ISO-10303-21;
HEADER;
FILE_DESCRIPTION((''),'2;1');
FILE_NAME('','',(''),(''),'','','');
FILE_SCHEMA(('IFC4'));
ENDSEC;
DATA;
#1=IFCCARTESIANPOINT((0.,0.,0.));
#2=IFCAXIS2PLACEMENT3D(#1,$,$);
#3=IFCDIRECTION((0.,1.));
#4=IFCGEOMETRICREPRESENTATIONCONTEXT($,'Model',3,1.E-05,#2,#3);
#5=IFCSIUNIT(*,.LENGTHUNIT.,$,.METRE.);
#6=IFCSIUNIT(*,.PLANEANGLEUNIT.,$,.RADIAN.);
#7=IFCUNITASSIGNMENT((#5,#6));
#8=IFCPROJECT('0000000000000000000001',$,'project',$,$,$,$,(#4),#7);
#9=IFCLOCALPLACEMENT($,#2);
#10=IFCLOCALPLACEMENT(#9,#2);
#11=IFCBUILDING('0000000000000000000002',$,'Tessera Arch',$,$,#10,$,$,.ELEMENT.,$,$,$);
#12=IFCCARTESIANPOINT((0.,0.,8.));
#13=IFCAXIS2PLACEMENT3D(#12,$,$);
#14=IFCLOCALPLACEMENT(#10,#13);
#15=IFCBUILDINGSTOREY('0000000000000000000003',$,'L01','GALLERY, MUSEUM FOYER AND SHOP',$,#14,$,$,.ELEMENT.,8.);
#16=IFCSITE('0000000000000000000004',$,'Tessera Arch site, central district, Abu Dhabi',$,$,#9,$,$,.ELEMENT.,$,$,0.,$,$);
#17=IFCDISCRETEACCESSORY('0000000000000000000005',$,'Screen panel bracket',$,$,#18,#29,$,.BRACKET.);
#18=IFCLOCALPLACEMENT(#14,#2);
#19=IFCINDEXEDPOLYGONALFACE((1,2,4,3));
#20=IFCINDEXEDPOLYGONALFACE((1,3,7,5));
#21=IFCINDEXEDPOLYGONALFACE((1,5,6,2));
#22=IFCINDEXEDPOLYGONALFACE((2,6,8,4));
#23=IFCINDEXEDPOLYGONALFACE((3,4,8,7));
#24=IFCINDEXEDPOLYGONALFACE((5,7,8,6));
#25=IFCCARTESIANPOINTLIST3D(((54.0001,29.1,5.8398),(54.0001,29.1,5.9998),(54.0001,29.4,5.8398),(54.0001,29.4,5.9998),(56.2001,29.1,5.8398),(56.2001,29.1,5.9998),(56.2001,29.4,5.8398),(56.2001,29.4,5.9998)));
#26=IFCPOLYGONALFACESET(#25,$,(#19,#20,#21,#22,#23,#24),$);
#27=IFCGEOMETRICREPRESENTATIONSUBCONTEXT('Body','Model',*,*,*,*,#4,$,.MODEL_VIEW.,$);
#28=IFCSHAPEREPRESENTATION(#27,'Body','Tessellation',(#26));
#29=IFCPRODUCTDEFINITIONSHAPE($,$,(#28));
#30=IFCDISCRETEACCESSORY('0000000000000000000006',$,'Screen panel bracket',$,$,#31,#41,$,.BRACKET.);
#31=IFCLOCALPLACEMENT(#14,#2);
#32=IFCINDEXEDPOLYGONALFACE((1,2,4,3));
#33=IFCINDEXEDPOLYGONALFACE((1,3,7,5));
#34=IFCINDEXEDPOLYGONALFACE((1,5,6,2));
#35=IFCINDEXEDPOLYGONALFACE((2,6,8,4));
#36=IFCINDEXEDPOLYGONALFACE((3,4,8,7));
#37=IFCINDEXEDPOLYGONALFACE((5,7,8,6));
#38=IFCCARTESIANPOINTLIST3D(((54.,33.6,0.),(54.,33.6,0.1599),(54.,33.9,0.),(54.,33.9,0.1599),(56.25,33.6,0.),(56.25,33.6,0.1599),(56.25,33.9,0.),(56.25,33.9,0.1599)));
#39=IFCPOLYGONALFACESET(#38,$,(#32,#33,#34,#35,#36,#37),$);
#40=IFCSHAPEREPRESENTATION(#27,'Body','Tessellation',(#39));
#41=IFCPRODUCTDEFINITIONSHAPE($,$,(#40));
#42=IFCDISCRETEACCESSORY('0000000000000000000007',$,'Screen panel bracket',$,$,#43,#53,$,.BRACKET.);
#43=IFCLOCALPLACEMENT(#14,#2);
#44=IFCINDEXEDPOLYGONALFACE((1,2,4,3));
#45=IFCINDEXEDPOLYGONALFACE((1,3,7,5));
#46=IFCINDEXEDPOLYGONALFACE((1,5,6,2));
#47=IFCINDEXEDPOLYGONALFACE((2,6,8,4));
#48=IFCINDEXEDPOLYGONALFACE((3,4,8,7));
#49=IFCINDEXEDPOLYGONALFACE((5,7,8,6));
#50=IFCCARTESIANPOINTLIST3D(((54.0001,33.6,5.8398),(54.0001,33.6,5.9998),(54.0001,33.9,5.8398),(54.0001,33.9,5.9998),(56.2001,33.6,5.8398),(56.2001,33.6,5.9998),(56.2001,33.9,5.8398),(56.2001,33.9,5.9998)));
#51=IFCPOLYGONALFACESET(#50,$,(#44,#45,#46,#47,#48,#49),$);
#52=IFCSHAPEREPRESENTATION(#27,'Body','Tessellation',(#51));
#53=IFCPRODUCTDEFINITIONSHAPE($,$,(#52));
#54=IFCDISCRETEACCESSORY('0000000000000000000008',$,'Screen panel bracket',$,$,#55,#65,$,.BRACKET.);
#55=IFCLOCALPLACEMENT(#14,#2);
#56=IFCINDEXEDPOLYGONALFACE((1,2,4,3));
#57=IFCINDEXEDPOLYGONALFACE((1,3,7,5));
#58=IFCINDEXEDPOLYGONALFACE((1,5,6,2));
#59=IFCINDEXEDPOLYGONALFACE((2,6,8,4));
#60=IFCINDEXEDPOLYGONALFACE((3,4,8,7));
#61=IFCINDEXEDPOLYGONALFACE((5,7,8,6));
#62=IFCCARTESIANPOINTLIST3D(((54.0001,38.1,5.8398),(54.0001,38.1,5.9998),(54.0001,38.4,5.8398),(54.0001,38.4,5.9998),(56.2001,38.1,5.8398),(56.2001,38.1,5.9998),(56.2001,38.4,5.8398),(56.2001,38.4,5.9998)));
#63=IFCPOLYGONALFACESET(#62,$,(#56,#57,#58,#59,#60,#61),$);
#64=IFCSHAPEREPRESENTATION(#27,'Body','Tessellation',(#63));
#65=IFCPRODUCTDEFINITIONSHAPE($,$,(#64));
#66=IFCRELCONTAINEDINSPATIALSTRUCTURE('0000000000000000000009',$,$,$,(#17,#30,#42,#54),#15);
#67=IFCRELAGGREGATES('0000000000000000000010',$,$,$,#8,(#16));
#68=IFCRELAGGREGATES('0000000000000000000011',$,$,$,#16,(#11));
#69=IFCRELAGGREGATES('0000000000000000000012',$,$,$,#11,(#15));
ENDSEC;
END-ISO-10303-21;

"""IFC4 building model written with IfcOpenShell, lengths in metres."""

from ifc_helpers import new_model, si_unit, direction, frame, origin, origin_2d, place, context, subcontext, project, spatial, rectangle, extrude, element, save


model = new_model("IFC4")

# Units and contexts
model_context = context("Model", 3, precision=1e-05, world=origin(), true_north=direction((0.0, 1.0)))
body_context = subcontext(model_context, "Body", "Model", "MODEL_VIEW")
ifc_project = project(units=[si_unit("LENGTHUNIT", "METRE"), si_unit("PLANEANGLEUNIT", "RADIAN")], contexts=[model_context])

# Site, building, storey
site_placement = place(None, origin())
site = spatial("IfcSite", under=ifc_project, at=site_placement, Name="Tessera Arch site, central district, Abu Dhabi", CompositionType="ELEMENT", RefElevation=0.0)
building_placement = place(site_placement, origin())
building = spatial("IfcBuilding", under=site, at=building_placement, Name="Tessera Arch", CompositionType="ELEMENT")
storey_placement = place(building_placement, frame((0.0, 0.0, 8.0)))
storey = spatial("IfcBuildingStorey", under=building, at=storey_placement, Name="L01", Description="GALLERY, MUSEUM FOYER AND SHOP", CompositionType="ELEMENT", Elevation=8.0)

# Discrete accessories
discrete_accessory_1_placement = place(storey_placement, frame((55.1001, 29.25, 5.8398), z_axis=(0.0, 0.0, 1.0), x_axis=(1.0, 0.0, 0.0)))
element("IfcDiscreteAccessory", 1, at=discrete_accessory_1_placement, inside=storey, Name="Screen panel bracket", PredefinedType="BRACKET", context=body_context, shape_type="SweptSolid", body=[
    extrude(rectangle(XDim=2.2, YDim=0.3, at=origin_2d()), origin(), (0.0, 0.0, 1.0), 0.1599),
])
discrete_accessory_2_placement = place(storey_placement, frame((55.125, 33.75, 0.0), z_axis=(0.0, 0.0, 1.0), x_axis=(1.0, 0.0, 0.0)))
element("IfcDiscreteAccessory", 2, at=discrete_accessory_2_placement, inside=storey, Name="Screen panel bracket", PredefinedType="BRACKET", context=body_context, shape_type="SweptSolid", body=[
    extrude(rectangle(XDim=2.25, YDim=0.3, at=origin_2d()), origin(), (0.0, 0.0, 1.0), 0.1599),
])
for number, where, z_axis, x_axis, name in (
    (3, (55.1001, 33.75, 5.8398), (0.0, 0.0, 1.0), (1.0, 0.0, 0.0), "Screen panel bracket"),
    (4, (55.1001, 38.25, 5.8398), (0.0, 0.0, 1.0), (1.0, 0.0, 0.0), "Screen panel bracket"),
):
    element("IfcDiscreteAccessory", number, at=place(storey_placement, frame(where, z_axis=z_axis, x_axis=x_axis)), inside=storey, Name=name, PredefinedType="BRACKET", context=body_context, shape_type="SweptSolid", body=[
        extrude(rectangle(XDim=2.2, YDim=0.3, at=origin_2d()), origin(), (0.0, 0.0, 1.0), 0.1599),
    ])

save(model, "model.ifc")
